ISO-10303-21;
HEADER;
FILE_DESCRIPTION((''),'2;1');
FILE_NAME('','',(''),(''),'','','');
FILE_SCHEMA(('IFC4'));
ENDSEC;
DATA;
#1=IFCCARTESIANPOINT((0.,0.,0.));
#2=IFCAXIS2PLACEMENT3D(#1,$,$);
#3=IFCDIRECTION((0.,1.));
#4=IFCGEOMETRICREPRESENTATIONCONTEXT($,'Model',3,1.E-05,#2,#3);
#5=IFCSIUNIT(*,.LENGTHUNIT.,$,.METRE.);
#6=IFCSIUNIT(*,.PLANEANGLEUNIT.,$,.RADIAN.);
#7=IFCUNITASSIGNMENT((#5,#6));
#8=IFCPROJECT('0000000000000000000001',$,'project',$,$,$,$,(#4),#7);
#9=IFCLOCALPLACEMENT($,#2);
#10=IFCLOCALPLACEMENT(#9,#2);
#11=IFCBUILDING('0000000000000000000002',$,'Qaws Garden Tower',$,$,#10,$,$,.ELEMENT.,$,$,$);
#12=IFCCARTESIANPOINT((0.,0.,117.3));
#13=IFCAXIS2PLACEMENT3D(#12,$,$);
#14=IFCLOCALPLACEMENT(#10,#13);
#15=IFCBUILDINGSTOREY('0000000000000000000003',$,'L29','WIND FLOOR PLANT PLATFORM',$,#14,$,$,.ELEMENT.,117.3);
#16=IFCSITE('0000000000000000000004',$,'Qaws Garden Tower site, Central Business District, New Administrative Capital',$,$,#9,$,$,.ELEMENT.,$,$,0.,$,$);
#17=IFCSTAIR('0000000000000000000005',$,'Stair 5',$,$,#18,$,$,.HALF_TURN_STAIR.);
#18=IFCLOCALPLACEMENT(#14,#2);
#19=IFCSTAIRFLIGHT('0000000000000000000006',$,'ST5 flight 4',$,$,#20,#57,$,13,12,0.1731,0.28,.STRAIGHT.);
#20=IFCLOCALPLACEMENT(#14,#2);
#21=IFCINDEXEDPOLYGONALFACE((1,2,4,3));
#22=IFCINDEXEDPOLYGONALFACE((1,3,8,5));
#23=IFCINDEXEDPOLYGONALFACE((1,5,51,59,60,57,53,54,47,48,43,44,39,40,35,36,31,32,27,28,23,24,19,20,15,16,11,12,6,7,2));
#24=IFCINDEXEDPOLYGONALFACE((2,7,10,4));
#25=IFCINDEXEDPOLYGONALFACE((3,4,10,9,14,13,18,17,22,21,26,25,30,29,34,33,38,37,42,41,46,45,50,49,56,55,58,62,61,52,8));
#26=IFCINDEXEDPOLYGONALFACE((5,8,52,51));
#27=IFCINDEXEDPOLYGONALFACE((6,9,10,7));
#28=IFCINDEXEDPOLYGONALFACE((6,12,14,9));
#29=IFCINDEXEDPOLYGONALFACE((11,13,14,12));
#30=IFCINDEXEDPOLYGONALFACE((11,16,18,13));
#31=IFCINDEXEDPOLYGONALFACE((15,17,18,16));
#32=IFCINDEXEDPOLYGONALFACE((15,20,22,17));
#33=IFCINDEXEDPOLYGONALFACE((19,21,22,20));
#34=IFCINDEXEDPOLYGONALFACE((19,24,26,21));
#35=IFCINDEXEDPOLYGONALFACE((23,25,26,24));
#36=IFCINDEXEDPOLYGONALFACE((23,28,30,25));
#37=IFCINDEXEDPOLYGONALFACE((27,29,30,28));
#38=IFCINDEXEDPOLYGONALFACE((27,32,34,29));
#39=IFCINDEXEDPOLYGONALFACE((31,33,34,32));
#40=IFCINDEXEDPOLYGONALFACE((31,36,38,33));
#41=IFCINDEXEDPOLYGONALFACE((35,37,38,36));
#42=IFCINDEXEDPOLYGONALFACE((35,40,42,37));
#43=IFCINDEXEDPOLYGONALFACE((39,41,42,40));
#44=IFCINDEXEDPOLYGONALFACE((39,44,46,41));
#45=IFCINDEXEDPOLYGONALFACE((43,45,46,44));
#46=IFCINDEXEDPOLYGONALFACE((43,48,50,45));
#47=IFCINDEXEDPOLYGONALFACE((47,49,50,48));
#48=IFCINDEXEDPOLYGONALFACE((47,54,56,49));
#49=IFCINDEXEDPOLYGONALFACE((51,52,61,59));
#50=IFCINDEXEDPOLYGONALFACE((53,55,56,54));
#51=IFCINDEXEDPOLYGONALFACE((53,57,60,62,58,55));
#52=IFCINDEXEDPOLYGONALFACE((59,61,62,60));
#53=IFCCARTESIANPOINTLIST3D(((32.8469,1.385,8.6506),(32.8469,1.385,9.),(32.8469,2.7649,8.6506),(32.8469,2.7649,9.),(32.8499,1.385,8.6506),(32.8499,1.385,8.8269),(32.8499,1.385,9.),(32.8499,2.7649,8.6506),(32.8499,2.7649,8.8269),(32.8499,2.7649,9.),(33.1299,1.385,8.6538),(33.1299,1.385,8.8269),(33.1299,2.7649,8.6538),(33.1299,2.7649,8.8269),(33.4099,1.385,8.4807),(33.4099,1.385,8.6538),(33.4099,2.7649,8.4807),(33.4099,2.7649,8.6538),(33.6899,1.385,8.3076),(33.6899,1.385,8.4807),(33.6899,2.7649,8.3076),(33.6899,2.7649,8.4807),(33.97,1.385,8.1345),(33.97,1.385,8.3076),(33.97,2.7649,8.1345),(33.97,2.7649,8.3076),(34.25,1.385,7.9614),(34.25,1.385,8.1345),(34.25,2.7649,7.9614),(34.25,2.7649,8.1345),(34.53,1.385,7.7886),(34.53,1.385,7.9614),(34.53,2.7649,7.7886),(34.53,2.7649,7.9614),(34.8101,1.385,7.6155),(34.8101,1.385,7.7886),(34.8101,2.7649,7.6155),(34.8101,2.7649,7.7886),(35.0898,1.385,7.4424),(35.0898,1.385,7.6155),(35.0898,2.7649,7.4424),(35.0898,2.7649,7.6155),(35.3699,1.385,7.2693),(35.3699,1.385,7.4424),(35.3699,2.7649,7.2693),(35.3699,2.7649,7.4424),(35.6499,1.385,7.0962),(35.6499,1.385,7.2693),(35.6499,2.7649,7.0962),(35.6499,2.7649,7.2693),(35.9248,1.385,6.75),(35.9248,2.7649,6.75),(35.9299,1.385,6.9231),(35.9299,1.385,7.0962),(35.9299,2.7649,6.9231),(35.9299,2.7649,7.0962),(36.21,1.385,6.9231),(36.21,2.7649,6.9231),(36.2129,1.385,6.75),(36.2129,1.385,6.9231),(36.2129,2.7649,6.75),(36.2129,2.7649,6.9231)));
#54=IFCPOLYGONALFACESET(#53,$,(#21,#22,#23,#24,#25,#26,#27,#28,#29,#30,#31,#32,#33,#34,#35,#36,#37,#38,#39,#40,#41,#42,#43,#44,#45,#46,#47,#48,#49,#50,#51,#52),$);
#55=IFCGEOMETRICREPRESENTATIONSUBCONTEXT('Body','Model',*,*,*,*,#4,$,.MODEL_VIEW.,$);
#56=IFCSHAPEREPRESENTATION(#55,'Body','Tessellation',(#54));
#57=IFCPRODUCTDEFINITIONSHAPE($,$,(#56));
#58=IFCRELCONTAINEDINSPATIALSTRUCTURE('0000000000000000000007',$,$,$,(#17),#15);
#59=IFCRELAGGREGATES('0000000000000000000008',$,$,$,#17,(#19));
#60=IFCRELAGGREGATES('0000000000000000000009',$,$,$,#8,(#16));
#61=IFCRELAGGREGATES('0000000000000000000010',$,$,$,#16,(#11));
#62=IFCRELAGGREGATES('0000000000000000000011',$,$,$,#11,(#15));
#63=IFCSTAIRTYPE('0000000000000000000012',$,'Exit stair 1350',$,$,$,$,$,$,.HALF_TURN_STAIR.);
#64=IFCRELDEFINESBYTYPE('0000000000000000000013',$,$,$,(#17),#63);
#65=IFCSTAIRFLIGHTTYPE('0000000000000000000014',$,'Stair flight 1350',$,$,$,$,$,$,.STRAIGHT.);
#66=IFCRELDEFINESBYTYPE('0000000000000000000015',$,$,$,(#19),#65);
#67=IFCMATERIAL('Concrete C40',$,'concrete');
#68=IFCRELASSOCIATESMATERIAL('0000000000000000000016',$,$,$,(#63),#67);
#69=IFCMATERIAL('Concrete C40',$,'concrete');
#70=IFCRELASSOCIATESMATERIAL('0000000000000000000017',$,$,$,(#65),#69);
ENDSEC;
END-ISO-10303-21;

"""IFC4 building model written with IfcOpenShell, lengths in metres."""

from ifc_helpers import new_model, si_unit, direction, frame, origin, place, context, subcontext, project, spatial, polyline, outline, extrude, material, type_object, element, aggregate, save


model = new_model("IFC4")

# Units and contexts
model_context = context("Model", 3, precision=1e-05, world=origin(), true_north=direction((0.0, 1.0)))
body_context = subcontext(model_context, "Body", "Model", "MODEL_VIEW")
ifc_project = project(units=[si_unit("LENGTHUNIT", "METRE"), si_unit("PLANEANGLEUNIT", "RADIAN")], contexts=[model_context])

# Site, building, storey
site_placement = place(None, origin())
site = spatial("IfcSite", under=ifc_project, at=site_placement, Name="Qaws Garden Tower site, Central Business District, New Administrative Capital", CompositionType="ELEMENT", RefElevation=0.0)
building_placement = place(site_placement, origin())
building = spatial("IfcBuilding", under=site, at=building_placement, Name="Qaws Garden Tower", CompositionType="ELEMENT")
storey_placement = place(building_placement, frame((0.0, 0.0, 117.3)))
storey = spatial("IfcBuildingStorey", under=building, at=storey_placement, Name="L29", Description="WIND FLOOR PLANT PLATFORM", CompositionType="ELEMENT", Elevation=117.3)

# Stair, stair flight
ifc_material_1 = material(Name="Concrete C40", Category="concrete")
stair_type = type_object("IfcStairType", Name="Exit stair 1350", PredefinedType="HALF_TURN_STAIR", material=ifc_material_1)
stair_placement = place(storey_placement, origin())
stair = element("IfcStair", 1, at=stair_placement, inside=storey, type_object=stair_type, Name="Stair 5", PredefinedType="HALF_TURN_STAIR")
ifc_material_2 = material(Name="Concrete C40", Category="concrete")
stair_flight_type = type_object("IfcStairFlightType", Name="Stair flight 1350", PredefinedType="STRAIGHT", material=ifc_material_2)
stair_flight_1_placement = place(storey_placement, frame((36.21, 2.075, 6.75), z_axis=(0.0, 0.0, 1.0), x_axis=(-1.0, 0.0, 0.0)))
stair_flight_1 = element("IfcStairFlight", 2, at=stair_flight_1_placement, type_object=stair_flight_type, Name="ST5 flight 4", NumberOfRisers=13, NumberOfTreads=12, PredefinedType="STRAIGHT", RiserHeight=0.1731, TreadLength=0.28, context=body_context, shape_type="SweptSolid", body=[
    extrude(outline(polyline([(-0.0029, 0.0), (-0.0029, 0.1731), (0.0, 0.1731), (0.28, 0.1731), (0.28, 0.3462), (0.5601, 0.3462), (0.5601, 0.5193), (0.8401, 0.5193), (0.8401, 0.6924), (1.1201, 0.6924), (1.1201, 0.8655), (1.3999, 0.8655), (1.3999, 1.0386), (1.6799, 1.0386), (1.6799, 1.2114), (1.96, 1.2114), (1.96, 1.3845), (2.24, 1.3845), (2.24, 1.5576), (2.52, 1.5576), (2.52, 1.7307), (2.8, 1.7307), (2.8, 1.9038), (3.0801, 1.9038), (3.0801, 2.0769), (3.3601, 2.0769), (3.3601, 2.25), (3.363, 2.25), (3.363, 1.9006), (3.3601, 1.9006), (0.2852, 0.0), (-0.0029, 0.0)])), frame((0.0, 0.6899, 0.0), z_axis=(0.0, -1.0, 0.0), x_axis=(1.0, 0.0, 0.0)), (0.0, 0.0, 1.0), 1.3799),
])
aggregate(stair, [stair_flight_1])

save(model, "model.ifc")
